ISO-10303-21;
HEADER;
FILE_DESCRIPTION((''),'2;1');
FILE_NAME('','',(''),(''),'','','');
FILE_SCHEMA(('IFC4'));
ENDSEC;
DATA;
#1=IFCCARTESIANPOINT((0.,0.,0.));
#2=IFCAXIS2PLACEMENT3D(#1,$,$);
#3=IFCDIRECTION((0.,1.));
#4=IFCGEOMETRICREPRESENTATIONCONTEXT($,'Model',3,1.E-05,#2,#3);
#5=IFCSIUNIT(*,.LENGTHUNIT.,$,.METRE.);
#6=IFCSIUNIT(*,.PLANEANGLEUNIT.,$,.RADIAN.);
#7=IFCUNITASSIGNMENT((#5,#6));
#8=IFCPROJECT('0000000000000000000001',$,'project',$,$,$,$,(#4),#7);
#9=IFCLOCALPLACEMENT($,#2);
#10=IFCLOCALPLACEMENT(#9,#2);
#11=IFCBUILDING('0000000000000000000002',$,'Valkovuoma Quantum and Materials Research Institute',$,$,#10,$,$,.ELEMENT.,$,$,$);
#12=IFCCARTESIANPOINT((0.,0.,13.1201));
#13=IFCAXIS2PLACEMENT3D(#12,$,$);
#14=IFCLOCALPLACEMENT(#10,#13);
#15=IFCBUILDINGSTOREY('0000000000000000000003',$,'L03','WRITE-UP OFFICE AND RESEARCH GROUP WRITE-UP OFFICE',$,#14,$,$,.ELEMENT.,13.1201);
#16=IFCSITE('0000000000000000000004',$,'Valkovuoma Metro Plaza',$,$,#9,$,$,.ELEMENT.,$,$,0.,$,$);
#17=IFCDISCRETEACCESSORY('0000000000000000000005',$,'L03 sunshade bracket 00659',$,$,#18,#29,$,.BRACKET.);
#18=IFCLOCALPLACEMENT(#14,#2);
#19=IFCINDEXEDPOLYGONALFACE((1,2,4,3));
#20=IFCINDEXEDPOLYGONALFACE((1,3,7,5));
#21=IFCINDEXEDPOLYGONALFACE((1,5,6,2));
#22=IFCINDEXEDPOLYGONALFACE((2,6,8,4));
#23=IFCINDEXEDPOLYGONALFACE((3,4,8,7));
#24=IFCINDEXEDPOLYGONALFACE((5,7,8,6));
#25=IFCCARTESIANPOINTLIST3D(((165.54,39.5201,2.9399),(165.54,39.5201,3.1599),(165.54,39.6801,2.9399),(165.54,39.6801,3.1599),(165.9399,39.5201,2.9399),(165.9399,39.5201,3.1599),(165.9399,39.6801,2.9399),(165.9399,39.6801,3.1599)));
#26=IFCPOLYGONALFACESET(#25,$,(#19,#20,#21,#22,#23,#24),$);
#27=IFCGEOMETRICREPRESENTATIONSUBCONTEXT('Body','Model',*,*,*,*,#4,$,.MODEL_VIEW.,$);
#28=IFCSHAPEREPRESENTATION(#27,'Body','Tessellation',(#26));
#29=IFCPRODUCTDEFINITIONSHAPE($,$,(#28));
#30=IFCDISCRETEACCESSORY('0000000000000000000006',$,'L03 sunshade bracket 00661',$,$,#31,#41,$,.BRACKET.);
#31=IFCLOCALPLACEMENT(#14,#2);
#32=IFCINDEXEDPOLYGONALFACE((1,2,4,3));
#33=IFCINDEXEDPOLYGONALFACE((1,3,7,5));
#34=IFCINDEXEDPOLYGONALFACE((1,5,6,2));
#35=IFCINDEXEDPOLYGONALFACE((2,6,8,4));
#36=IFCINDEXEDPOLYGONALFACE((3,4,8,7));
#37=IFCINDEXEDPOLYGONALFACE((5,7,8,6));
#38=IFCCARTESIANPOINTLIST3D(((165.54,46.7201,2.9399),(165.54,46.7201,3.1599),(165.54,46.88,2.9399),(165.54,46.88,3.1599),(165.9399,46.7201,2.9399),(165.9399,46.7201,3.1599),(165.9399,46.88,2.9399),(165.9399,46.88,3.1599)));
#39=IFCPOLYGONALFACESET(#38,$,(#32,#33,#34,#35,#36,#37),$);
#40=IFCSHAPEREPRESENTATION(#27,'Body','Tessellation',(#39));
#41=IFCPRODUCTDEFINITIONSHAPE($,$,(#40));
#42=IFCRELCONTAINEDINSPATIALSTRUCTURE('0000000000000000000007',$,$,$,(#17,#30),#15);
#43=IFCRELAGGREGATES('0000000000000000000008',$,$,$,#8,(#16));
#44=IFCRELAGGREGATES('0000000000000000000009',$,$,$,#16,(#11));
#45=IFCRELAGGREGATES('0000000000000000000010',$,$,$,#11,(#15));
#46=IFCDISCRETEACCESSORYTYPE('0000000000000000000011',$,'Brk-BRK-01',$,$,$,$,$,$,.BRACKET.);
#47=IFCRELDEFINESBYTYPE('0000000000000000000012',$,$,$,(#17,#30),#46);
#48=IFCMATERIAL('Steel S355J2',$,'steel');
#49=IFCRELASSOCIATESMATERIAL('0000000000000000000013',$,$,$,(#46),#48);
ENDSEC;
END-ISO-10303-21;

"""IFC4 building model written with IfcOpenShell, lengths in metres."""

from ifc_helpers import new_model, si_unit, direction, frame, origin, origin_2d, place, context, subcontext, project, spatial, rectangle, extrude, material, type_object, element, save


model = new_model("IFC4")

# Units and contexts
model_context = context("Model", 3, precision=1e-05, world=origin(), true_north=direction((0.0, 1.0)))
body_context = subcontext(model_context, "Body", "Model", "MODEL_VIEW")
ifc_project = project(units=[si_unit("LENGTHUNIT", "METRE"), si_unit("PLANEANGLEUNIT", "RADIAN")], contexts=[model_context])

# Site, building, storey
site_placement = place(None, origin())
site = spatial("IfcSite", under=ifc_project, at=site_placement, Name="Valkovuoma Metro Plaza", CompositionType="ELEMENT", RefElevation=0.0)
building_placement = place(site_placement, origin())
building = spatial("IfcBuilding", under=site, at=building_placement, Name="Valkovuoma Quantum and Materials Research Institute", CompositionType="ELEMENT")
storey_placement = place(building_placement, frame((0.0, 0.0, 13.1201)))
storey = spatial("IfcBuildingStorey", under=building, at=storey_placement, Name="L03", Description="WRITE-UP OFFICE AND RESEARCH GROUP WRITE-UP OFFICE", CompositionType="ELEMENT", Elevation=13.1201)

# Discrete accessories
ifc_material_1 = material(Name="Steel S355J2", Category="steel")
discrete_accessory_type = type_object("IfcDiscreteAccessoryType", Name="Brk-BRK-01", PredefinedType="BRACKET", material=ifc_material_1)
for number, where, z_axis, x_axis, name in (
    (1, (165.74, 39.6001, 2.9399), (0.0, 0.0, 1.0), (1.0, 0.0, 0.0), "L03 sunshade bracket 00659"),
    (2, (165.74, 46.8, 2.9399), (0.0, 0.0, 1.0), (1.0, 0.0, 0.0), "L03 sunshade bracket 00661"),
):
    element("IfcDiscreteAccessory", number, at=place(storey_placement, frame(where, z_axis=z_axis, x_axis=x_axis)), inside=storey, type_object=discrete_accessory_type, Name=name, PredefinedType="BRACKET", context=body_context, shape_type="SweptSolid", body=[
        extrude(rectangle(XDim=0.3999, YDim=0.1599, at=origin_2d()), origin(), (0.0, 0.0, 1.0), 0.22),
    ])

save(model, "model.ifc")
